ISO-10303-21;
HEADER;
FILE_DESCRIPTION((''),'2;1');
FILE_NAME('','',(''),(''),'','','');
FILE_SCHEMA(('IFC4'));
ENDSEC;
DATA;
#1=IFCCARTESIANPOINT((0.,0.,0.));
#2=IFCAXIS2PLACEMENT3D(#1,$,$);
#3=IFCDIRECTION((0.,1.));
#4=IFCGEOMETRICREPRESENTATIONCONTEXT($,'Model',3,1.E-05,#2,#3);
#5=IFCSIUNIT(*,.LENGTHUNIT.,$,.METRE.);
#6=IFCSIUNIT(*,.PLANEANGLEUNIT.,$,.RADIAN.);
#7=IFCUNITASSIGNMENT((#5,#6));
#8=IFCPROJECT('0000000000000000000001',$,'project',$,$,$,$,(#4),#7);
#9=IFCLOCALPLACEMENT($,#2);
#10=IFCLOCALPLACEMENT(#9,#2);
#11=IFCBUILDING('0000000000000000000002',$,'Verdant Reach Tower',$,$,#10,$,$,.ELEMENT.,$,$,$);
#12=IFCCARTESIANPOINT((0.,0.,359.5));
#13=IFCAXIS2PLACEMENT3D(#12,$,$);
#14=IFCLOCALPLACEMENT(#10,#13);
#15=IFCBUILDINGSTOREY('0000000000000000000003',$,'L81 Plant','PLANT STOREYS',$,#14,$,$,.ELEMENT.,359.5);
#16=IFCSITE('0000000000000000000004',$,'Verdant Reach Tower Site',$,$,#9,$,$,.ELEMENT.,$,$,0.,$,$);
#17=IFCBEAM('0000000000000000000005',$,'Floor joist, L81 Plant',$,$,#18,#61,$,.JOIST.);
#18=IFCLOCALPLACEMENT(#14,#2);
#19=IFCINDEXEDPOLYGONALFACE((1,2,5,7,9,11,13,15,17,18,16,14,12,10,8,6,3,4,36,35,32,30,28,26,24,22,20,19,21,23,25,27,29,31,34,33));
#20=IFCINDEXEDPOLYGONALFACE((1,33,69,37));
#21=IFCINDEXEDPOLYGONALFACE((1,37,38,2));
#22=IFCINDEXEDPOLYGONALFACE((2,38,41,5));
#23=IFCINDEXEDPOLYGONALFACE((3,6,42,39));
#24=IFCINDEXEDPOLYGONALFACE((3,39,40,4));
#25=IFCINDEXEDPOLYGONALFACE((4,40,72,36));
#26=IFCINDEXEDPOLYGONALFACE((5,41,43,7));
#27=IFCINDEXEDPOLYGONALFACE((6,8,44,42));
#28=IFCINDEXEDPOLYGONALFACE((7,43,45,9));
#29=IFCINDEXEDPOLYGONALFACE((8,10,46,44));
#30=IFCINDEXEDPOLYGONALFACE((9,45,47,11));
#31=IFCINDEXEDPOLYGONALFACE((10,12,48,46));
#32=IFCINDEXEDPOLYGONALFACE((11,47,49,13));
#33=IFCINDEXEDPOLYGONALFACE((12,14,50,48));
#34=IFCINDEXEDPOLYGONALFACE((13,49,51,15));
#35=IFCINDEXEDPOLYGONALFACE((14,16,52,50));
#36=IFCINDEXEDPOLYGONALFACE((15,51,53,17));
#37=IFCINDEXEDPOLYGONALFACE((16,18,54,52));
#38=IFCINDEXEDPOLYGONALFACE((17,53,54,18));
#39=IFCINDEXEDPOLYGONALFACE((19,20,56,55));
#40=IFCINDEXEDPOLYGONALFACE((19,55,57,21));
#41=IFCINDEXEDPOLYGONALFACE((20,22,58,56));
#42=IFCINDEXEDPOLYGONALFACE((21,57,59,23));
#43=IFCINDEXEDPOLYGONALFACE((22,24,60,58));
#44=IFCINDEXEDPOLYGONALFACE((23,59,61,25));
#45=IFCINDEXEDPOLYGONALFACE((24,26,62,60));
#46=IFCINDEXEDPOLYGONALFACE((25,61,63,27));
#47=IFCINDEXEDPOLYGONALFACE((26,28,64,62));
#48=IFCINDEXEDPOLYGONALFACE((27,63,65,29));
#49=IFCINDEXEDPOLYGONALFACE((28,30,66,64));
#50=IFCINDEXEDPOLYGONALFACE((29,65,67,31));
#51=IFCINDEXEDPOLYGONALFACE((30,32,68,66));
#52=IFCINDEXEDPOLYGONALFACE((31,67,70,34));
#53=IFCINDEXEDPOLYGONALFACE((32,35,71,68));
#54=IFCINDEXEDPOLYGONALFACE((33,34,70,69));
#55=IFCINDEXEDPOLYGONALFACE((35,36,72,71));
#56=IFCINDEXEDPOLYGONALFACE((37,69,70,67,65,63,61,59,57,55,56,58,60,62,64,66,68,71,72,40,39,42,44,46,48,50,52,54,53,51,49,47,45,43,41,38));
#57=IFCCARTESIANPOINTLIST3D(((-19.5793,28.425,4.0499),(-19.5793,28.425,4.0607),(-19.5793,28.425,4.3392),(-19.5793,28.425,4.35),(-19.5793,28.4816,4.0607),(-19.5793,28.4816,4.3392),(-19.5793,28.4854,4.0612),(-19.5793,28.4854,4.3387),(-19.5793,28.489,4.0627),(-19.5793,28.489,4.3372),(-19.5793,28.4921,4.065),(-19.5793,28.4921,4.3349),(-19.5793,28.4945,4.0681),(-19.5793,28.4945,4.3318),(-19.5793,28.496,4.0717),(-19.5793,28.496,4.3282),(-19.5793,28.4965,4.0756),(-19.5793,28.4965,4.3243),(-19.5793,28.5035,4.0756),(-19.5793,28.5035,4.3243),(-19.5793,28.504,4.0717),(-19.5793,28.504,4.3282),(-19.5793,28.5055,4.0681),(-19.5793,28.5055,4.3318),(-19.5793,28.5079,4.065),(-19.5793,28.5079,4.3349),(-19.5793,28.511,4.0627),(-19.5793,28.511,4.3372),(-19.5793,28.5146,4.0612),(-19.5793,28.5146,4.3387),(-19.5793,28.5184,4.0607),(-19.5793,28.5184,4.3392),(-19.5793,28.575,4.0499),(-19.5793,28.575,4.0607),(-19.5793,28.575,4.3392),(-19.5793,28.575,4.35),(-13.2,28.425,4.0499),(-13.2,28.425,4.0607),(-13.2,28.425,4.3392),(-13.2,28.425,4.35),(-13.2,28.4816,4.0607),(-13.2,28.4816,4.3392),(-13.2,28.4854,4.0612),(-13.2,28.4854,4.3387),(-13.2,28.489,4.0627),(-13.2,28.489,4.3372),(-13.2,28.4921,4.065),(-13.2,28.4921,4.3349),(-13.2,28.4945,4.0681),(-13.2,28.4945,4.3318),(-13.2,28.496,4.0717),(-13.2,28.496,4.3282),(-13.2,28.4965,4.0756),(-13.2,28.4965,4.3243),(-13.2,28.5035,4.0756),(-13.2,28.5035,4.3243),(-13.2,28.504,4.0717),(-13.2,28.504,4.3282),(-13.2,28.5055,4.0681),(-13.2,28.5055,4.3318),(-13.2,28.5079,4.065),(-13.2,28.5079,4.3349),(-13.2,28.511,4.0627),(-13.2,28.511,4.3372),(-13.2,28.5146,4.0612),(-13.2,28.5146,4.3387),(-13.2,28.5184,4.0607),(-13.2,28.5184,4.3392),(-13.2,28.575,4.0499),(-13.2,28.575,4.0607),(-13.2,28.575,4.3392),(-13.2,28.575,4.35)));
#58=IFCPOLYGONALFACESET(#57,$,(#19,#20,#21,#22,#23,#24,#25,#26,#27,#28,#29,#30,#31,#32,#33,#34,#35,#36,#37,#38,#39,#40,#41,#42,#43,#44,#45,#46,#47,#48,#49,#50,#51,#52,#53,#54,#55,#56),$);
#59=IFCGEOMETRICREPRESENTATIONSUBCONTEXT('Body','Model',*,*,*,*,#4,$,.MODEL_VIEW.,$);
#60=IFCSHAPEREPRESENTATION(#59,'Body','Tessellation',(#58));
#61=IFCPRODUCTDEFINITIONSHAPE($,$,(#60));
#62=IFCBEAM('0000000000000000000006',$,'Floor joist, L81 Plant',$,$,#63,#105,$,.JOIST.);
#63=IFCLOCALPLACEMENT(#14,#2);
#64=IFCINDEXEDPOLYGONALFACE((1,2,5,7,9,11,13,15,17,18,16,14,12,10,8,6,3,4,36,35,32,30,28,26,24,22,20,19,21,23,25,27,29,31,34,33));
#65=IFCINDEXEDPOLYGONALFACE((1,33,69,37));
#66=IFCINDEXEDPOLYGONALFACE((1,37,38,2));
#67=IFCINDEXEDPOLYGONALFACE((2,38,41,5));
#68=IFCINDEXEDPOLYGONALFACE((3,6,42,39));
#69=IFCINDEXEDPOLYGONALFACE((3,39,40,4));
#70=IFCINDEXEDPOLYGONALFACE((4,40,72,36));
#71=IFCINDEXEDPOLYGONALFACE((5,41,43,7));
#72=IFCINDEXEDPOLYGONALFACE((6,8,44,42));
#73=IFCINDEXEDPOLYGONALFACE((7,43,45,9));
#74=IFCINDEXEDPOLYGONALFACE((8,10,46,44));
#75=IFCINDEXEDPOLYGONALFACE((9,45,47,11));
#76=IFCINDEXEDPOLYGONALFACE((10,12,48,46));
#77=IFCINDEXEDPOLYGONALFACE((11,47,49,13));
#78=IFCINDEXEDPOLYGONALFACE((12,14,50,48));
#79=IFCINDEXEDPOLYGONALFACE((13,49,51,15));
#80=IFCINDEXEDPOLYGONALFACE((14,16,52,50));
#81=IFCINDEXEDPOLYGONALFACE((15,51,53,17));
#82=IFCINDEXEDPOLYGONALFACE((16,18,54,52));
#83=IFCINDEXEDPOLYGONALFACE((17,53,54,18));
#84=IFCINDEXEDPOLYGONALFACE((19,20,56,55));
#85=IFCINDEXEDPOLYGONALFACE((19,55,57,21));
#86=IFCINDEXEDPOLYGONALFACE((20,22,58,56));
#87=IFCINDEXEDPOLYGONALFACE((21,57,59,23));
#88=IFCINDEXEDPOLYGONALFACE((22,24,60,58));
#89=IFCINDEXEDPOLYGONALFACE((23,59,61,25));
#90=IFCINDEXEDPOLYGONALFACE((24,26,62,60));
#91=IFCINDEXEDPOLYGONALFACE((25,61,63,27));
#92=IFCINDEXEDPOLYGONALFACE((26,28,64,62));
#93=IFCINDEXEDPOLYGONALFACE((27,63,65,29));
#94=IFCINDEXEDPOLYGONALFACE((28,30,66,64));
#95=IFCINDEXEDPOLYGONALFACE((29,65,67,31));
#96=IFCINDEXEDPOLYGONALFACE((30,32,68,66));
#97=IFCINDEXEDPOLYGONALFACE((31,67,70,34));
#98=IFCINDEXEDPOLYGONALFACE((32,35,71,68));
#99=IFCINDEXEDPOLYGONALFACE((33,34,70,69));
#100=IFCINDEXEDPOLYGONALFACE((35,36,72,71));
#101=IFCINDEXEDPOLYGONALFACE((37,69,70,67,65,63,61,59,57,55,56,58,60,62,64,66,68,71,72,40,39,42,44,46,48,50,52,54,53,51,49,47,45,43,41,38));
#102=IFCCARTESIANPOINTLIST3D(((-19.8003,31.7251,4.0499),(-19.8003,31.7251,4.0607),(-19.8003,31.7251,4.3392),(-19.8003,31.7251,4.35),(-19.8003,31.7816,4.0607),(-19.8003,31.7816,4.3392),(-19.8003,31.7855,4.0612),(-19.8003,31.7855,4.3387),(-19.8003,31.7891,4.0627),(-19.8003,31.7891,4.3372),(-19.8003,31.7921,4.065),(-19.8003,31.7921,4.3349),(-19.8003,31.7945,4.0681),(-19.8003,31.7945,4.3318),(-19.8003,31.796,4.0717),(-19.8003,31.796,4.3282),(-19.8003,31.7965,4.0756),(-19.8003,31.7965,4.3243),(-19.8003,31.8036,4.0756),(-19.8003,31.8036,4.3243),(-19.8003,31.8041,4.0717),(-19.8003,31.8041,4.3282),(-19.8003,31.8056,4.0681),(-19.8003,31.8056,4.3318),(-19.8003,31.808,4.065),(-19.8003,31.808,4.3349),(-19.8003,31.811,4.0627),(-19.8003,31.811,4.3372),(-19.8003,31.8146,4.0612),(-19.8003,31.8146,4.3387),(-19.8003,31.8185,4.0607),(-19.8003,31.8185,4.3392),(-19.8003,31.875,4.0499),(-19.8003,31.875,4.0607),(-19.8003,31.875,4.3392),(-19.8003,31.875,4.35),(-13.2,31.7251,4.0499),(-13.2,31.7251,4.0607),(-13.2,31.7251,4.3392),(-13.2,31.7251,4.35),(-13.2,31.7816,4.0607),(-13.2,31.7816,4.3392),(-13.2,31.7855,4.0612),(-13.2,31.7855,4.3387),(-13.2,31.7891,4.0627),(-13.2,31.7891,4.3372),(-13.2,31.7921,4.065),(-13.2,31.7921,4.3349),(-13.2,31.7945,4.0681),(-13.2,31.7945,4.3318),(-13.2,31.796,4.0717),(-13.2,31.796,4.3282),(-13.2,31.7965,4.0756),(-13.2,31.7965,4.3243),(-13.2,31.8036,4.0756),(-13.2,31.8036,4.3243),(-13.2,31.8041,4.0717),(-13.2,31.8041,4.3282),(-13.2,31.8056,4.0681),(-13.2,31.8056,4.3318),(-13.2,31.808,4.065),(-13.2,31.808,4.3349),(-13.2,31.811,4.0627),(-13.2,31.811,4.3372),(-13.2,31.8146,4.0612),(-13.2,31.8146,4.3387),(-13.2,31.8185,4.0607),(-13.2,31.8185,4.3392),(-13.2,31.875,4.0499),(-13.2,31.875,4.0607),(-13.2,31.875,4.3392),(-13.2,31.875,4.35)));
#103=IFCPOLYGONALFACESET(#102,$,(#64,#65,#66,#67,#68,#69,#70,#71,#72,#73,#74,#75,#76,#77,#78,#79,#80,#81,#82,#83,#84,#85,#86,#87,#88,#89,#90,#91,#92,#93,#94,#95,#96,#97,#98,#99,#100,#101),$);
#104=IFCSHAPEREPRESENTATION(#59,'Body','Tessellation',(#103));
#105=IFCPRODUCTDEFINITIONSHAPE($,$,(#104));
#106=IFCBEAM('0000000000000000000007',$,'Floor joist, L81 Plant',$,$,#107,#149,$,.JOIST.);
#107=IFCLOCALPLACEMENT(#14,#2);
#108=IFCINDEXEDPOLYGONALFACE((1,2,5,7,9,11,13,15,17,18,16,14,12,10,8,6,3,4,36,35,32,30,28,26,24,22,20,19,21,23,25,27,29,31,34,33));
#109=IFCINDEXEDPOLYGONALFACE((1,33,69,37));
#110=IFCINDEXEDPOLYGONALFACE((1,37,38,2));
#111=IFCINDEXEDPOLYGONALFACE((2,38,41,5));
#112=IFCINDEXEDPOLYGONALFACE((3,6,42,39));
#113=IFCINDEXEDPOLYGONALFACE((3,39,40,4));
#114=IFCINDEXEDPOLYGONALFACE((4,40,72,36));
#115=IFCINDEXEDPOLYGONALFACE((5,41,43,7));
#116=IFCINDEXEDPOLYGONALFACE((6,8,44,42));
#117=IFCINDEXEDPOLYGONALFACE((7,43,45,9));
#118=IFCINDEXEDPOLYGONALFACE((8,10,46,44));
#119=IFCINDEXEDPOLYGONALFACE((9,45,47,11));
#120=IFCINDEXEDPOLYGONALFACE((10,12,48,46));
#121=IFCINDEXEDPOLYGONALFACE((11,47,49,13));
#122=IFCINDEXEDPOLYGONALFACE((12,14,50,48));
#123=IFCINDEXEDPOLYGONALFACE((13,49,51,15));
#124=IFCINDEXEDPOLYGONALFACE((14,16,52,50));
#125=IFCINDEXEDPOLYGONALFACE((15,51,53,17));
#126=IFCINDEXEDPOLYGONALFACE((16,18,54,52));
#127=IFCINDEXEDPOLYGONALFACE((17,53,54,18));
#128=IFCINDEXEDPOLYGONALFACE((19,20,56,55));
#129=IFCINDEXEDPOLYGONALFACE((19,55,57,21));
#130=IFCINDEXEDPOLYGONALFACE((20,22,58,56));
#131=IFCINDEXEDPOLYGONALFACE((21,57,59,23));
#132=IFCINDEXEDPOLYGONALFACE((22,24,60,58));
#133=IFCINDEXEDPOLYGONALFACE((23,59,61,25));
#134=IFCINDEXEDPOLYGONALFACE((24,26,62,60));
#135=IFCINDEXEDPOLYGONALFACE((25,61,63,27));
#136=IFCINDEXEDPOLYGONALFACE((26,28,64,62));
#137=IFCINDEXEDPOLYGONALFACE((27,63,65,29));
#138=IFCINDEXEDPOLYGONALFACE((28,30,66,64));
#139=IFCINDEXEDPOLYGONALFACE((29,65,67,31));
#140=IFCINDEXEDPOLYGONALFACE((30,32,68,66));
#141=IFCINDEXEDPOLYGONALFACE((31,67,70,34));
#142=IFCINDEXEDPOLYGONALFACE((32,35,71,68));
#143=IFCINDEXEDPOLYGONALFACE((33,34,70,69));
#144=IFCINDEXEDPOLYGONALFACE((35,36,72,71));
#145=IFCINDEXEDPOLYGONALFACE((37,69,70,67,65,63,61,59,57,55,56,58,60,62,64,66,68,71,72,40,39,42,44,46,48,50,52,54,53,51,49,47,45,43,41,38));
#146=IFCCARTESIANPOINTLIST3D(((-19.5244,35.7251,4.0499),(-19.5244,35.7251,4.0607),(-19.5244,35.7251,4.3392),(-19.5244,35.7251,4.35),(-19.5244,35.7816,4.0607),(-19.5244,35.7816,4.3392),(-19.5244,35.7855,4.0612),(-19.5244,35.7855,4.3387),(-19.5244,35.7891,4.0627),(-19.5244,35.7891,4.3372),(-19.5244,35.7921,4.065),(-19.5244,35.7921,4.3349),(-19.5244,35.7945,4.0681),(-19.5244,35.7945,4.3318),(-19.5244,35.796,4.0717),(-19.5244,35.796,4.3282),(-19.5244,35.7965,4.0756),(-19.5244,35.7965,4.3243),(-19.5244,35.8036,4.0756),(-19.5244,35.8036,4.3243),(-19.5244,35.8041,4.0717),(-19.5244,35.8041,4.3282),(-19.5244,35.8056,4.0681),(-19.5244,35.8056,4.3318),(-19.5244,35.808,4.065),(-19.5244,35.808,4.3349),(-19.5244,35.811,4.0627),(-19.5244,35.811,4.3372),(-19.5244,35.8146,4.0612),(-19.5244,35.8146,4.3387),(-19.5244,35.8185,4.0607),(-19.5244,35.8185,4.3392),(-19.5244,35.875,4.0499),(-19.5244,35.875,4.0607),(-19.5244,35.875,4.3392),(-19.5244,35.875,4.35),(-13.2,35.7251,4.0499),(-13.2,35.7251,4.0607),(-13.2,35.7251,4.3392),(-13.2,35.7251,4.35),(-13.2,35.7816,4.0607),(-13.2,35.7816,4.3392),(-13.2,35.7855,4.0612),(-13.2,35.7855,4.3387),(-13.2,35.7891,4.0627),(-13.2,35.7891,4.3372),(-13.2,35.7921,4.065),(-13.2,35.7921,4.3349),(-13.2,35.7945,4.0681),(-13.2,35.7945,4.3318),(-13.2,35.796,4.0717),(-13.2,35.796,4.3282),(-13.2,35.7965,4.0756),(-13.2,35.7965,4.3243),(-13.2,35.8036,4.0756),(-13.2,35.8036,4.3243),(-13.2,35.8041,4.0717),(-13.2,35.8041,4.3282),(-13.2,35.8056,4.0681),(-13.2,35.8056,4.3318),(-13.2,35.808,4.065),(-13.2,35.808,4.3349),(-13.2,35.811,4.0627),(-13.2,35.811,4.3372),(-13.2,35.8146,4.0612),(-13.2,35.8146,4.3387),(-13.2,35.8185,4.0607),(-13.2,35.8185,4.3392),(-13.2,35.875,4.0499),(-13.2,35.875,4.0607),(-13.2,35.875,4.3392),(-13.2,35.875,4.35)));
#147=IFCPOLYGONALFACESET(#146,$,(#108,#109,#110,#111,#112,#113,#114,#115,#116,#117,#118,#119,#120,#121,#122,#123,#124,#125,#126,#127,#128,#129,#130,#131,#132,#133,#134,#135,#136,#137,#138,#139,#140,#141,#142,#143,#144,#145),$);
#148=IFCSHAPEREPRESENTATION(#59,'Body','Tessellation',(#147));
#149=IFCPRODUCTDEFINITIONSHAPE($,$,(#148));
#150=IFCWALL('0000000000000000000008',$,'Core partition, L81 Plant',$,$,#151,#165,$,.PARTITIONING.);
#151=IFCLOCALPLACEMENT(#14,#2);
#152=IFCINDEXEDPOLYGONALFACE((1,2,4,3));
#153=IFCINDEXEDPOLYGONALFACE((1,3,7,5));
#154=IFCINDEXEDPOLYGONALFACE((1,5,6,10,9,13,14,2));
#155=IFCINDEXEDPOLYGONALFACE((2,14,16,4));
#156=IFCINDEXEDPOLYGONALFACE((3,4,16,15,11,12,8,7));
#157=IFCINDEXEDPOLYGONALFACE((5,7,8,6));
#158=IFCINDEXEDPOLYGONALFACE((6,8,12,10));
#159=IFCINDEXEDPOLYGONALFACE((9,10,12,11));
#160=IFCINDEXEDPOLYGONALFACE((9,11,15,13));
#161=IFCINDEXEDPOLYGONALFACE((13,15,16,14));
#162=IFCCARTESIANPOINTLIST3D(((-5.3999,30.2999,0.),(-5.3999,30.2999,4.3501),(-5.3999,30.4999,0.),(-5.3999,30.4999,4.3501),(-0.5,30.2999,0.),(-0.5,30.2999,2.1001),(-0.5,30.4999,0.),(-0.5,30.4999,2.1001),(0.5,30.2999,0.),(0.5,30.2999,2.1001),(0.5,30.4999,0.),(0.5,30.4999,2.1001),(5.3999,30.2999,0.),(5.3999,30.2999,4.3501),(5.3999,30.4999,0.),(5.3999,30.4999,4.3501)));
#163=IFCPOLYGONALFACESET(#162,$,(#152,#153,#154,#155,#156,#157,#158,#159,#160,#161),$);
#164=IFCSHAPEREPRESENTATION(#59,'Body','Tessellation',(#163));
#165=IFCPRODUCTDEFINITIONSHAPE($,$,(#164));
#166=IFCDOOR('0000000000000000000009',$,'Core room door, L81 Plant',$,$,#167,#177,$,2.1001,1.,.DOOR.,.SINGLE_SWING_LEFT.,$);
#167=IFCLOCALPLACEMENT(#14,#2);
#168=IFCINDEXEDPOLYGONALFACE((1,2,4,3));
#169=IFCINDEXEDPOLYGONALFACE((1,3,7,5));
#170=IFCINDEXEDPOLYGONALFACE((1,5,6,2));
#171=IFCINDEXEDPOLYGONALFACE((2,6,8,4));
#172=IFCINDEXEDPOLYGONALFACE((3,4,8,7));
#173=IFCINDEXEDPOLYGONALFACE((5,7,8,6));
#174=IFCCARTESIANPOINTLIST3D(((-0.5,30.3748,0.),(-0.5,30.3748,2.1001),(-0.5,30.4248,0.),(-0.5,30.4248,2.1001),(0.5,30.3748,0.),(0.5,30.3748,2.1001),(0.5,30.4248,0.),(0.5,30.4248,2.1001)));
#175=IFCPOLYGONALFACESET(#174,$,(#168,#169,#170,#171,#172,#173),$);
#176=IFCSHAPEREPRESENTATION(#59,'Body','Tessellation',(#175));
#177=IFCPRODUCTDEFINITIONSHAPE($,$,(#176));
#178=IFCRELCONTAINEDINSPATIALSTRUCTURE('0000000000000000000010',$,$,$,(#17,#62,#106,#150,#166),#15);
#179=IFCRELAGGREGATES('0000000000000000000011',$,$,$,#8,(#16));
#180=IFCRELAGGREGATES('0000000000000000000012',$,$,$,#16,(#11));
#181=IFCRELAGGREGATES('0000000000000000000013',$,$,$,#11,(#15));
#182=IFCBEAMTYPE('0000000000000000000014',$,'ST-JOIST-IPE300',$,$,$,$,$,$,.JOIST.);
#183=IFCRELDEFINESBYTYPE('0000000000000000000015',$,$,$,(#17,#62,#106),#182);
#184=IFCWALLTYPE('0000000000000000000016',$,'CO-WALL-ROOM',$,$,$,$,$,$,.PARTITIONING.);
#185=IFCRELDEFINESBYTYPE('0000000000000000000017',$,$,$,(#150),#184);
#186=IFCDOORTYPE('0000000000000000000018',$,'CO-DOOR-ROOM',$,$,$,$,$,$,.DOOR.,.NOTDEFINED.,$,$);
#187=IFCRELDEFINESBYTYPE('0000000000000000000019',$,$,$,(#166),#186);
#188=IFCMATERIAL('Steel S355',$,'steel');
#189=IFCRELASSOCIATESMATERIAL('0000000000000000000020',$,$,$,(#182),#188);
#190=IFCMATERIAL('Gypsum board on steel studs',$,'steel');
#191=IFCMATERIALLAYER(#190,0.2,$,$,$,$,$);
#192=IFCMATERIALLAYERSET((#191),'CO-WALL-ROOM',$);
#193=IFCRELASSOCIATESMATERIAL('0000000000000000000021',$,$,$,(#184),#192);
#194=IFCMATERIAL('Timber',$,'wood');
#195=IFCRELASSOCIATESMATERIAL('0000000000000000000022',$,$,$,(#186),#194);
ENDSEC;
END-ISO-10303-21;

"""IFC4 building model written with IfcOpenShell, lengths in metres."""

from ifc_helpers import new_model, si_unit, direction, frame, frame_2d, origin, origin_2d, place, context, subcontext, project, spatial, rectangle, i_section, extrude, material, layer, layer_set, material_profile, profile_set, type_object, element, fill, save


model = new_model("IFC4")

# Units and contexts
model_context = context("Model", 3, precision=1e-05, world=origin(), true_north=direction((0.0, 1.0)))
body_context = subcontext(model_context, "Body", "Model", "MODEL_VIEW")
ifc_project = project(units=[si_unit("LENGTHUNIT", "METRE"), si_unit("PLANEANGLEUNIT", "RADIAN")], contexts=[model_context])

# Site, building, storey
site_placement = place(None, origin())
site = spatial("IfcSite", under=ifc_project, at=site_placement, Name="Verdant Reach Tower Site", CompositionType="ELEMENT", RefElevation=0.0)
building_placement = place(site_placement, origin())
building = spatial("IfcBuilding", under=site, at=building_placement, Name="Verdant Reach Tower", CompositionType="ELEMENT")
storey_placement = place(building_placement, frame((0.0, 0.0, 359.5)))
storey = spatial("IfcBuildingStorey", under=building, at=storey_placement, Name="L81 Plant", Description="PLANT STOREYS", CompositionType="ELEMENT", Elevation=359.5)

# Beams
ifc_material_1 = material(Name="Steel S355", Category="steel")
ifc_material_profile = material_profile(ifc_material_1, i_section(OverallWidth=0.1499, OverallDepth=0.3, WebThickness=0.0071, FlangeThickness=0.0107, FilletRadius=0.0149, at=origin_2d()), Name="IPE 300")
ifc_profile_set = profile_set([ifc_material_profile], Name="Steel S355")
beam_type = type_object("IfcBeamType", Name="ST-JOIST-IPE300", PredefinedType="JOIST", material=ifc_profile_set)
beam_1_placement = place(storey_placement, frame((-13.2, 28.5, 4.2), z_axis=(-1.0, 0.0, 0.0), x_axis=(0.0, -1.0, 0.0)))
element("IfcBeam", 1, at=beam_1_placement, inside=storey, type_object=beam_type, Name="Floor joist, L81 Plant", PredefinedType="JOIST", context=body_context, shape_type="SweptSolid", body=[
    extrude(i_section(OverallWidth=0.1499, OverallDepth=0.3, WebThickness=0.0071, FlangeThickness=0.0107, FilletRadius=0.0149, at=origin_2d()), origin(), (0.0, 0.0, 1.0), 6.3794),
])
beam_2_placement = place(storey_placement, frame((-13.2, 31.8, 4.2), z_axis=(-1.0, 0.0, 0.0), x_axis=(0.0, -1.0, 0.0)))
element("IfcBeam", 2, at=beam_2_placement, inside=storey, type_object=beam_type, Name="Floor joist, L81 Plant", PredefinedType="JOIST", context=body_context, shape_type="SweptSolid", body=[
    extrude(i_section(OverallWidth=0.1499, OverallDepth=0.3, WebThickness=0.0071, FlangeThickness=0.0107, FilletRadius=0.0149, at=origin_2d()), origin(), (0.0, 0.0, 1.0), 6.6003),
])
beam_3_placement = place(storey_placement, frame((-13.2, 35.8, 4.2), z_axis=(-1.0, 0.0, 0.0), x_axis=(0.0, -1.0, 0.0)))
element("IfcBeam", 3, at=beam_3_placement, inside=storey, type_object=beam_type, Name="Floor joist, L81 Plant", PredefinedType="JOIST", context=body_context, shape_type="SweptSolid", body=[
    extrude(i_section(OverallWidth=0.1499, OverallDepth=0.3, WebThickness=0.0071, FlangeThickness=0.0107, FilletRadius=0.0149, at=origin_2d()), origin(), (0.0, 0.0, 1.0), 6.3245),
])

# Wall, opening, door
ifc_material_2 = material(Name="Gypsum board on steel studs", Category="steel")
ifc_layer_1 = layer(ifc_material_2, 0.2)
ifc_layer_set_1 = layer_set([ifc_layer_1], Name="CO-WALL-ROOM")
wall_type_1 = type_object("IfcWallType", Name="CO-WALL-ROOM", PredefinedType="PARTITIONING", material=ifc_layer_set_1)
wall_1_placement = place(storey_placement, frame((-5.3999, 30.3999, 0.0), z_axis=(0.0, 0.0, 1.0), x_axis=(1.0, 0.0, 0.0)))
wall_1 = element("IfcWall", 4, at=wall_1_placement, inside=storey, type_object=wall_type_1, Name="Core partition, L81 Plant", PredefinedType="PARTITIONING", context=body_context, shape_type="SweptSolid", body=[
    extrude(rectangle(XDim=10.7998, YDim=0.2, at=frame_2d((5.3999, 0.0))), origin(), (0.0, 0.0, 1.0), 4.3501),
])
opening_1_placement = place(wall_1_placement, frame((4.8999, 0.0, 0.0)))
opening_1 = element("IfcOpeningElement", 5, at=opening_1_placement, cuts=wall_1, PredefinedType="OPENING", context=body_context, shape_type="SweptSolid", body=[
    extrude(rectangle(XDim=1.0, YDim=2.1001, at=frame_2d((0.5, 1.05))), frame((0.0, 0.1099, 0.0), z_axis=(0.0, -1.0, 0.0), x_axis=(1.0, 0.0, 0.0)), (0.0, 0.0, 1.0), 0.22),
])
ifc_material_3 = material(Name="Timber", Category="wood")
door_type_1 = type_object("IfcDoorType", Name="CO-DOOR-ROOM", OperationType="NOTDEFINED", PredefinedType="DOOR", material=ifc_material_3)
door_1_placement = place(opening_1_placement, origin())
door_1 = element("IfcDoor", 6, at=door_1_placement, inside=storey, type_object=door_type_1, Name="Core room door, L81 Plant", OperationType="SINGLE_SWING_LEFT", OverallHeight=2.1001, OverallWidth=1.0, PredefinedType="DOOR", context=body_context, shape_type="SweptSolid", body=[
    extrude(rectangle(XDim=1.0, YDim=2.1001, at=frame_2d((0.5, 1.05))), frame((0.0, 0.0249, 0.0), z_axis=(0.0, -1.0, 0.0), x_axis=(1.0, 0.0, 0.0)), (0.0, 0.0, 1.0), 0.05),
])
fill(opening_1, door_1)

save(model, "model.ifc")
